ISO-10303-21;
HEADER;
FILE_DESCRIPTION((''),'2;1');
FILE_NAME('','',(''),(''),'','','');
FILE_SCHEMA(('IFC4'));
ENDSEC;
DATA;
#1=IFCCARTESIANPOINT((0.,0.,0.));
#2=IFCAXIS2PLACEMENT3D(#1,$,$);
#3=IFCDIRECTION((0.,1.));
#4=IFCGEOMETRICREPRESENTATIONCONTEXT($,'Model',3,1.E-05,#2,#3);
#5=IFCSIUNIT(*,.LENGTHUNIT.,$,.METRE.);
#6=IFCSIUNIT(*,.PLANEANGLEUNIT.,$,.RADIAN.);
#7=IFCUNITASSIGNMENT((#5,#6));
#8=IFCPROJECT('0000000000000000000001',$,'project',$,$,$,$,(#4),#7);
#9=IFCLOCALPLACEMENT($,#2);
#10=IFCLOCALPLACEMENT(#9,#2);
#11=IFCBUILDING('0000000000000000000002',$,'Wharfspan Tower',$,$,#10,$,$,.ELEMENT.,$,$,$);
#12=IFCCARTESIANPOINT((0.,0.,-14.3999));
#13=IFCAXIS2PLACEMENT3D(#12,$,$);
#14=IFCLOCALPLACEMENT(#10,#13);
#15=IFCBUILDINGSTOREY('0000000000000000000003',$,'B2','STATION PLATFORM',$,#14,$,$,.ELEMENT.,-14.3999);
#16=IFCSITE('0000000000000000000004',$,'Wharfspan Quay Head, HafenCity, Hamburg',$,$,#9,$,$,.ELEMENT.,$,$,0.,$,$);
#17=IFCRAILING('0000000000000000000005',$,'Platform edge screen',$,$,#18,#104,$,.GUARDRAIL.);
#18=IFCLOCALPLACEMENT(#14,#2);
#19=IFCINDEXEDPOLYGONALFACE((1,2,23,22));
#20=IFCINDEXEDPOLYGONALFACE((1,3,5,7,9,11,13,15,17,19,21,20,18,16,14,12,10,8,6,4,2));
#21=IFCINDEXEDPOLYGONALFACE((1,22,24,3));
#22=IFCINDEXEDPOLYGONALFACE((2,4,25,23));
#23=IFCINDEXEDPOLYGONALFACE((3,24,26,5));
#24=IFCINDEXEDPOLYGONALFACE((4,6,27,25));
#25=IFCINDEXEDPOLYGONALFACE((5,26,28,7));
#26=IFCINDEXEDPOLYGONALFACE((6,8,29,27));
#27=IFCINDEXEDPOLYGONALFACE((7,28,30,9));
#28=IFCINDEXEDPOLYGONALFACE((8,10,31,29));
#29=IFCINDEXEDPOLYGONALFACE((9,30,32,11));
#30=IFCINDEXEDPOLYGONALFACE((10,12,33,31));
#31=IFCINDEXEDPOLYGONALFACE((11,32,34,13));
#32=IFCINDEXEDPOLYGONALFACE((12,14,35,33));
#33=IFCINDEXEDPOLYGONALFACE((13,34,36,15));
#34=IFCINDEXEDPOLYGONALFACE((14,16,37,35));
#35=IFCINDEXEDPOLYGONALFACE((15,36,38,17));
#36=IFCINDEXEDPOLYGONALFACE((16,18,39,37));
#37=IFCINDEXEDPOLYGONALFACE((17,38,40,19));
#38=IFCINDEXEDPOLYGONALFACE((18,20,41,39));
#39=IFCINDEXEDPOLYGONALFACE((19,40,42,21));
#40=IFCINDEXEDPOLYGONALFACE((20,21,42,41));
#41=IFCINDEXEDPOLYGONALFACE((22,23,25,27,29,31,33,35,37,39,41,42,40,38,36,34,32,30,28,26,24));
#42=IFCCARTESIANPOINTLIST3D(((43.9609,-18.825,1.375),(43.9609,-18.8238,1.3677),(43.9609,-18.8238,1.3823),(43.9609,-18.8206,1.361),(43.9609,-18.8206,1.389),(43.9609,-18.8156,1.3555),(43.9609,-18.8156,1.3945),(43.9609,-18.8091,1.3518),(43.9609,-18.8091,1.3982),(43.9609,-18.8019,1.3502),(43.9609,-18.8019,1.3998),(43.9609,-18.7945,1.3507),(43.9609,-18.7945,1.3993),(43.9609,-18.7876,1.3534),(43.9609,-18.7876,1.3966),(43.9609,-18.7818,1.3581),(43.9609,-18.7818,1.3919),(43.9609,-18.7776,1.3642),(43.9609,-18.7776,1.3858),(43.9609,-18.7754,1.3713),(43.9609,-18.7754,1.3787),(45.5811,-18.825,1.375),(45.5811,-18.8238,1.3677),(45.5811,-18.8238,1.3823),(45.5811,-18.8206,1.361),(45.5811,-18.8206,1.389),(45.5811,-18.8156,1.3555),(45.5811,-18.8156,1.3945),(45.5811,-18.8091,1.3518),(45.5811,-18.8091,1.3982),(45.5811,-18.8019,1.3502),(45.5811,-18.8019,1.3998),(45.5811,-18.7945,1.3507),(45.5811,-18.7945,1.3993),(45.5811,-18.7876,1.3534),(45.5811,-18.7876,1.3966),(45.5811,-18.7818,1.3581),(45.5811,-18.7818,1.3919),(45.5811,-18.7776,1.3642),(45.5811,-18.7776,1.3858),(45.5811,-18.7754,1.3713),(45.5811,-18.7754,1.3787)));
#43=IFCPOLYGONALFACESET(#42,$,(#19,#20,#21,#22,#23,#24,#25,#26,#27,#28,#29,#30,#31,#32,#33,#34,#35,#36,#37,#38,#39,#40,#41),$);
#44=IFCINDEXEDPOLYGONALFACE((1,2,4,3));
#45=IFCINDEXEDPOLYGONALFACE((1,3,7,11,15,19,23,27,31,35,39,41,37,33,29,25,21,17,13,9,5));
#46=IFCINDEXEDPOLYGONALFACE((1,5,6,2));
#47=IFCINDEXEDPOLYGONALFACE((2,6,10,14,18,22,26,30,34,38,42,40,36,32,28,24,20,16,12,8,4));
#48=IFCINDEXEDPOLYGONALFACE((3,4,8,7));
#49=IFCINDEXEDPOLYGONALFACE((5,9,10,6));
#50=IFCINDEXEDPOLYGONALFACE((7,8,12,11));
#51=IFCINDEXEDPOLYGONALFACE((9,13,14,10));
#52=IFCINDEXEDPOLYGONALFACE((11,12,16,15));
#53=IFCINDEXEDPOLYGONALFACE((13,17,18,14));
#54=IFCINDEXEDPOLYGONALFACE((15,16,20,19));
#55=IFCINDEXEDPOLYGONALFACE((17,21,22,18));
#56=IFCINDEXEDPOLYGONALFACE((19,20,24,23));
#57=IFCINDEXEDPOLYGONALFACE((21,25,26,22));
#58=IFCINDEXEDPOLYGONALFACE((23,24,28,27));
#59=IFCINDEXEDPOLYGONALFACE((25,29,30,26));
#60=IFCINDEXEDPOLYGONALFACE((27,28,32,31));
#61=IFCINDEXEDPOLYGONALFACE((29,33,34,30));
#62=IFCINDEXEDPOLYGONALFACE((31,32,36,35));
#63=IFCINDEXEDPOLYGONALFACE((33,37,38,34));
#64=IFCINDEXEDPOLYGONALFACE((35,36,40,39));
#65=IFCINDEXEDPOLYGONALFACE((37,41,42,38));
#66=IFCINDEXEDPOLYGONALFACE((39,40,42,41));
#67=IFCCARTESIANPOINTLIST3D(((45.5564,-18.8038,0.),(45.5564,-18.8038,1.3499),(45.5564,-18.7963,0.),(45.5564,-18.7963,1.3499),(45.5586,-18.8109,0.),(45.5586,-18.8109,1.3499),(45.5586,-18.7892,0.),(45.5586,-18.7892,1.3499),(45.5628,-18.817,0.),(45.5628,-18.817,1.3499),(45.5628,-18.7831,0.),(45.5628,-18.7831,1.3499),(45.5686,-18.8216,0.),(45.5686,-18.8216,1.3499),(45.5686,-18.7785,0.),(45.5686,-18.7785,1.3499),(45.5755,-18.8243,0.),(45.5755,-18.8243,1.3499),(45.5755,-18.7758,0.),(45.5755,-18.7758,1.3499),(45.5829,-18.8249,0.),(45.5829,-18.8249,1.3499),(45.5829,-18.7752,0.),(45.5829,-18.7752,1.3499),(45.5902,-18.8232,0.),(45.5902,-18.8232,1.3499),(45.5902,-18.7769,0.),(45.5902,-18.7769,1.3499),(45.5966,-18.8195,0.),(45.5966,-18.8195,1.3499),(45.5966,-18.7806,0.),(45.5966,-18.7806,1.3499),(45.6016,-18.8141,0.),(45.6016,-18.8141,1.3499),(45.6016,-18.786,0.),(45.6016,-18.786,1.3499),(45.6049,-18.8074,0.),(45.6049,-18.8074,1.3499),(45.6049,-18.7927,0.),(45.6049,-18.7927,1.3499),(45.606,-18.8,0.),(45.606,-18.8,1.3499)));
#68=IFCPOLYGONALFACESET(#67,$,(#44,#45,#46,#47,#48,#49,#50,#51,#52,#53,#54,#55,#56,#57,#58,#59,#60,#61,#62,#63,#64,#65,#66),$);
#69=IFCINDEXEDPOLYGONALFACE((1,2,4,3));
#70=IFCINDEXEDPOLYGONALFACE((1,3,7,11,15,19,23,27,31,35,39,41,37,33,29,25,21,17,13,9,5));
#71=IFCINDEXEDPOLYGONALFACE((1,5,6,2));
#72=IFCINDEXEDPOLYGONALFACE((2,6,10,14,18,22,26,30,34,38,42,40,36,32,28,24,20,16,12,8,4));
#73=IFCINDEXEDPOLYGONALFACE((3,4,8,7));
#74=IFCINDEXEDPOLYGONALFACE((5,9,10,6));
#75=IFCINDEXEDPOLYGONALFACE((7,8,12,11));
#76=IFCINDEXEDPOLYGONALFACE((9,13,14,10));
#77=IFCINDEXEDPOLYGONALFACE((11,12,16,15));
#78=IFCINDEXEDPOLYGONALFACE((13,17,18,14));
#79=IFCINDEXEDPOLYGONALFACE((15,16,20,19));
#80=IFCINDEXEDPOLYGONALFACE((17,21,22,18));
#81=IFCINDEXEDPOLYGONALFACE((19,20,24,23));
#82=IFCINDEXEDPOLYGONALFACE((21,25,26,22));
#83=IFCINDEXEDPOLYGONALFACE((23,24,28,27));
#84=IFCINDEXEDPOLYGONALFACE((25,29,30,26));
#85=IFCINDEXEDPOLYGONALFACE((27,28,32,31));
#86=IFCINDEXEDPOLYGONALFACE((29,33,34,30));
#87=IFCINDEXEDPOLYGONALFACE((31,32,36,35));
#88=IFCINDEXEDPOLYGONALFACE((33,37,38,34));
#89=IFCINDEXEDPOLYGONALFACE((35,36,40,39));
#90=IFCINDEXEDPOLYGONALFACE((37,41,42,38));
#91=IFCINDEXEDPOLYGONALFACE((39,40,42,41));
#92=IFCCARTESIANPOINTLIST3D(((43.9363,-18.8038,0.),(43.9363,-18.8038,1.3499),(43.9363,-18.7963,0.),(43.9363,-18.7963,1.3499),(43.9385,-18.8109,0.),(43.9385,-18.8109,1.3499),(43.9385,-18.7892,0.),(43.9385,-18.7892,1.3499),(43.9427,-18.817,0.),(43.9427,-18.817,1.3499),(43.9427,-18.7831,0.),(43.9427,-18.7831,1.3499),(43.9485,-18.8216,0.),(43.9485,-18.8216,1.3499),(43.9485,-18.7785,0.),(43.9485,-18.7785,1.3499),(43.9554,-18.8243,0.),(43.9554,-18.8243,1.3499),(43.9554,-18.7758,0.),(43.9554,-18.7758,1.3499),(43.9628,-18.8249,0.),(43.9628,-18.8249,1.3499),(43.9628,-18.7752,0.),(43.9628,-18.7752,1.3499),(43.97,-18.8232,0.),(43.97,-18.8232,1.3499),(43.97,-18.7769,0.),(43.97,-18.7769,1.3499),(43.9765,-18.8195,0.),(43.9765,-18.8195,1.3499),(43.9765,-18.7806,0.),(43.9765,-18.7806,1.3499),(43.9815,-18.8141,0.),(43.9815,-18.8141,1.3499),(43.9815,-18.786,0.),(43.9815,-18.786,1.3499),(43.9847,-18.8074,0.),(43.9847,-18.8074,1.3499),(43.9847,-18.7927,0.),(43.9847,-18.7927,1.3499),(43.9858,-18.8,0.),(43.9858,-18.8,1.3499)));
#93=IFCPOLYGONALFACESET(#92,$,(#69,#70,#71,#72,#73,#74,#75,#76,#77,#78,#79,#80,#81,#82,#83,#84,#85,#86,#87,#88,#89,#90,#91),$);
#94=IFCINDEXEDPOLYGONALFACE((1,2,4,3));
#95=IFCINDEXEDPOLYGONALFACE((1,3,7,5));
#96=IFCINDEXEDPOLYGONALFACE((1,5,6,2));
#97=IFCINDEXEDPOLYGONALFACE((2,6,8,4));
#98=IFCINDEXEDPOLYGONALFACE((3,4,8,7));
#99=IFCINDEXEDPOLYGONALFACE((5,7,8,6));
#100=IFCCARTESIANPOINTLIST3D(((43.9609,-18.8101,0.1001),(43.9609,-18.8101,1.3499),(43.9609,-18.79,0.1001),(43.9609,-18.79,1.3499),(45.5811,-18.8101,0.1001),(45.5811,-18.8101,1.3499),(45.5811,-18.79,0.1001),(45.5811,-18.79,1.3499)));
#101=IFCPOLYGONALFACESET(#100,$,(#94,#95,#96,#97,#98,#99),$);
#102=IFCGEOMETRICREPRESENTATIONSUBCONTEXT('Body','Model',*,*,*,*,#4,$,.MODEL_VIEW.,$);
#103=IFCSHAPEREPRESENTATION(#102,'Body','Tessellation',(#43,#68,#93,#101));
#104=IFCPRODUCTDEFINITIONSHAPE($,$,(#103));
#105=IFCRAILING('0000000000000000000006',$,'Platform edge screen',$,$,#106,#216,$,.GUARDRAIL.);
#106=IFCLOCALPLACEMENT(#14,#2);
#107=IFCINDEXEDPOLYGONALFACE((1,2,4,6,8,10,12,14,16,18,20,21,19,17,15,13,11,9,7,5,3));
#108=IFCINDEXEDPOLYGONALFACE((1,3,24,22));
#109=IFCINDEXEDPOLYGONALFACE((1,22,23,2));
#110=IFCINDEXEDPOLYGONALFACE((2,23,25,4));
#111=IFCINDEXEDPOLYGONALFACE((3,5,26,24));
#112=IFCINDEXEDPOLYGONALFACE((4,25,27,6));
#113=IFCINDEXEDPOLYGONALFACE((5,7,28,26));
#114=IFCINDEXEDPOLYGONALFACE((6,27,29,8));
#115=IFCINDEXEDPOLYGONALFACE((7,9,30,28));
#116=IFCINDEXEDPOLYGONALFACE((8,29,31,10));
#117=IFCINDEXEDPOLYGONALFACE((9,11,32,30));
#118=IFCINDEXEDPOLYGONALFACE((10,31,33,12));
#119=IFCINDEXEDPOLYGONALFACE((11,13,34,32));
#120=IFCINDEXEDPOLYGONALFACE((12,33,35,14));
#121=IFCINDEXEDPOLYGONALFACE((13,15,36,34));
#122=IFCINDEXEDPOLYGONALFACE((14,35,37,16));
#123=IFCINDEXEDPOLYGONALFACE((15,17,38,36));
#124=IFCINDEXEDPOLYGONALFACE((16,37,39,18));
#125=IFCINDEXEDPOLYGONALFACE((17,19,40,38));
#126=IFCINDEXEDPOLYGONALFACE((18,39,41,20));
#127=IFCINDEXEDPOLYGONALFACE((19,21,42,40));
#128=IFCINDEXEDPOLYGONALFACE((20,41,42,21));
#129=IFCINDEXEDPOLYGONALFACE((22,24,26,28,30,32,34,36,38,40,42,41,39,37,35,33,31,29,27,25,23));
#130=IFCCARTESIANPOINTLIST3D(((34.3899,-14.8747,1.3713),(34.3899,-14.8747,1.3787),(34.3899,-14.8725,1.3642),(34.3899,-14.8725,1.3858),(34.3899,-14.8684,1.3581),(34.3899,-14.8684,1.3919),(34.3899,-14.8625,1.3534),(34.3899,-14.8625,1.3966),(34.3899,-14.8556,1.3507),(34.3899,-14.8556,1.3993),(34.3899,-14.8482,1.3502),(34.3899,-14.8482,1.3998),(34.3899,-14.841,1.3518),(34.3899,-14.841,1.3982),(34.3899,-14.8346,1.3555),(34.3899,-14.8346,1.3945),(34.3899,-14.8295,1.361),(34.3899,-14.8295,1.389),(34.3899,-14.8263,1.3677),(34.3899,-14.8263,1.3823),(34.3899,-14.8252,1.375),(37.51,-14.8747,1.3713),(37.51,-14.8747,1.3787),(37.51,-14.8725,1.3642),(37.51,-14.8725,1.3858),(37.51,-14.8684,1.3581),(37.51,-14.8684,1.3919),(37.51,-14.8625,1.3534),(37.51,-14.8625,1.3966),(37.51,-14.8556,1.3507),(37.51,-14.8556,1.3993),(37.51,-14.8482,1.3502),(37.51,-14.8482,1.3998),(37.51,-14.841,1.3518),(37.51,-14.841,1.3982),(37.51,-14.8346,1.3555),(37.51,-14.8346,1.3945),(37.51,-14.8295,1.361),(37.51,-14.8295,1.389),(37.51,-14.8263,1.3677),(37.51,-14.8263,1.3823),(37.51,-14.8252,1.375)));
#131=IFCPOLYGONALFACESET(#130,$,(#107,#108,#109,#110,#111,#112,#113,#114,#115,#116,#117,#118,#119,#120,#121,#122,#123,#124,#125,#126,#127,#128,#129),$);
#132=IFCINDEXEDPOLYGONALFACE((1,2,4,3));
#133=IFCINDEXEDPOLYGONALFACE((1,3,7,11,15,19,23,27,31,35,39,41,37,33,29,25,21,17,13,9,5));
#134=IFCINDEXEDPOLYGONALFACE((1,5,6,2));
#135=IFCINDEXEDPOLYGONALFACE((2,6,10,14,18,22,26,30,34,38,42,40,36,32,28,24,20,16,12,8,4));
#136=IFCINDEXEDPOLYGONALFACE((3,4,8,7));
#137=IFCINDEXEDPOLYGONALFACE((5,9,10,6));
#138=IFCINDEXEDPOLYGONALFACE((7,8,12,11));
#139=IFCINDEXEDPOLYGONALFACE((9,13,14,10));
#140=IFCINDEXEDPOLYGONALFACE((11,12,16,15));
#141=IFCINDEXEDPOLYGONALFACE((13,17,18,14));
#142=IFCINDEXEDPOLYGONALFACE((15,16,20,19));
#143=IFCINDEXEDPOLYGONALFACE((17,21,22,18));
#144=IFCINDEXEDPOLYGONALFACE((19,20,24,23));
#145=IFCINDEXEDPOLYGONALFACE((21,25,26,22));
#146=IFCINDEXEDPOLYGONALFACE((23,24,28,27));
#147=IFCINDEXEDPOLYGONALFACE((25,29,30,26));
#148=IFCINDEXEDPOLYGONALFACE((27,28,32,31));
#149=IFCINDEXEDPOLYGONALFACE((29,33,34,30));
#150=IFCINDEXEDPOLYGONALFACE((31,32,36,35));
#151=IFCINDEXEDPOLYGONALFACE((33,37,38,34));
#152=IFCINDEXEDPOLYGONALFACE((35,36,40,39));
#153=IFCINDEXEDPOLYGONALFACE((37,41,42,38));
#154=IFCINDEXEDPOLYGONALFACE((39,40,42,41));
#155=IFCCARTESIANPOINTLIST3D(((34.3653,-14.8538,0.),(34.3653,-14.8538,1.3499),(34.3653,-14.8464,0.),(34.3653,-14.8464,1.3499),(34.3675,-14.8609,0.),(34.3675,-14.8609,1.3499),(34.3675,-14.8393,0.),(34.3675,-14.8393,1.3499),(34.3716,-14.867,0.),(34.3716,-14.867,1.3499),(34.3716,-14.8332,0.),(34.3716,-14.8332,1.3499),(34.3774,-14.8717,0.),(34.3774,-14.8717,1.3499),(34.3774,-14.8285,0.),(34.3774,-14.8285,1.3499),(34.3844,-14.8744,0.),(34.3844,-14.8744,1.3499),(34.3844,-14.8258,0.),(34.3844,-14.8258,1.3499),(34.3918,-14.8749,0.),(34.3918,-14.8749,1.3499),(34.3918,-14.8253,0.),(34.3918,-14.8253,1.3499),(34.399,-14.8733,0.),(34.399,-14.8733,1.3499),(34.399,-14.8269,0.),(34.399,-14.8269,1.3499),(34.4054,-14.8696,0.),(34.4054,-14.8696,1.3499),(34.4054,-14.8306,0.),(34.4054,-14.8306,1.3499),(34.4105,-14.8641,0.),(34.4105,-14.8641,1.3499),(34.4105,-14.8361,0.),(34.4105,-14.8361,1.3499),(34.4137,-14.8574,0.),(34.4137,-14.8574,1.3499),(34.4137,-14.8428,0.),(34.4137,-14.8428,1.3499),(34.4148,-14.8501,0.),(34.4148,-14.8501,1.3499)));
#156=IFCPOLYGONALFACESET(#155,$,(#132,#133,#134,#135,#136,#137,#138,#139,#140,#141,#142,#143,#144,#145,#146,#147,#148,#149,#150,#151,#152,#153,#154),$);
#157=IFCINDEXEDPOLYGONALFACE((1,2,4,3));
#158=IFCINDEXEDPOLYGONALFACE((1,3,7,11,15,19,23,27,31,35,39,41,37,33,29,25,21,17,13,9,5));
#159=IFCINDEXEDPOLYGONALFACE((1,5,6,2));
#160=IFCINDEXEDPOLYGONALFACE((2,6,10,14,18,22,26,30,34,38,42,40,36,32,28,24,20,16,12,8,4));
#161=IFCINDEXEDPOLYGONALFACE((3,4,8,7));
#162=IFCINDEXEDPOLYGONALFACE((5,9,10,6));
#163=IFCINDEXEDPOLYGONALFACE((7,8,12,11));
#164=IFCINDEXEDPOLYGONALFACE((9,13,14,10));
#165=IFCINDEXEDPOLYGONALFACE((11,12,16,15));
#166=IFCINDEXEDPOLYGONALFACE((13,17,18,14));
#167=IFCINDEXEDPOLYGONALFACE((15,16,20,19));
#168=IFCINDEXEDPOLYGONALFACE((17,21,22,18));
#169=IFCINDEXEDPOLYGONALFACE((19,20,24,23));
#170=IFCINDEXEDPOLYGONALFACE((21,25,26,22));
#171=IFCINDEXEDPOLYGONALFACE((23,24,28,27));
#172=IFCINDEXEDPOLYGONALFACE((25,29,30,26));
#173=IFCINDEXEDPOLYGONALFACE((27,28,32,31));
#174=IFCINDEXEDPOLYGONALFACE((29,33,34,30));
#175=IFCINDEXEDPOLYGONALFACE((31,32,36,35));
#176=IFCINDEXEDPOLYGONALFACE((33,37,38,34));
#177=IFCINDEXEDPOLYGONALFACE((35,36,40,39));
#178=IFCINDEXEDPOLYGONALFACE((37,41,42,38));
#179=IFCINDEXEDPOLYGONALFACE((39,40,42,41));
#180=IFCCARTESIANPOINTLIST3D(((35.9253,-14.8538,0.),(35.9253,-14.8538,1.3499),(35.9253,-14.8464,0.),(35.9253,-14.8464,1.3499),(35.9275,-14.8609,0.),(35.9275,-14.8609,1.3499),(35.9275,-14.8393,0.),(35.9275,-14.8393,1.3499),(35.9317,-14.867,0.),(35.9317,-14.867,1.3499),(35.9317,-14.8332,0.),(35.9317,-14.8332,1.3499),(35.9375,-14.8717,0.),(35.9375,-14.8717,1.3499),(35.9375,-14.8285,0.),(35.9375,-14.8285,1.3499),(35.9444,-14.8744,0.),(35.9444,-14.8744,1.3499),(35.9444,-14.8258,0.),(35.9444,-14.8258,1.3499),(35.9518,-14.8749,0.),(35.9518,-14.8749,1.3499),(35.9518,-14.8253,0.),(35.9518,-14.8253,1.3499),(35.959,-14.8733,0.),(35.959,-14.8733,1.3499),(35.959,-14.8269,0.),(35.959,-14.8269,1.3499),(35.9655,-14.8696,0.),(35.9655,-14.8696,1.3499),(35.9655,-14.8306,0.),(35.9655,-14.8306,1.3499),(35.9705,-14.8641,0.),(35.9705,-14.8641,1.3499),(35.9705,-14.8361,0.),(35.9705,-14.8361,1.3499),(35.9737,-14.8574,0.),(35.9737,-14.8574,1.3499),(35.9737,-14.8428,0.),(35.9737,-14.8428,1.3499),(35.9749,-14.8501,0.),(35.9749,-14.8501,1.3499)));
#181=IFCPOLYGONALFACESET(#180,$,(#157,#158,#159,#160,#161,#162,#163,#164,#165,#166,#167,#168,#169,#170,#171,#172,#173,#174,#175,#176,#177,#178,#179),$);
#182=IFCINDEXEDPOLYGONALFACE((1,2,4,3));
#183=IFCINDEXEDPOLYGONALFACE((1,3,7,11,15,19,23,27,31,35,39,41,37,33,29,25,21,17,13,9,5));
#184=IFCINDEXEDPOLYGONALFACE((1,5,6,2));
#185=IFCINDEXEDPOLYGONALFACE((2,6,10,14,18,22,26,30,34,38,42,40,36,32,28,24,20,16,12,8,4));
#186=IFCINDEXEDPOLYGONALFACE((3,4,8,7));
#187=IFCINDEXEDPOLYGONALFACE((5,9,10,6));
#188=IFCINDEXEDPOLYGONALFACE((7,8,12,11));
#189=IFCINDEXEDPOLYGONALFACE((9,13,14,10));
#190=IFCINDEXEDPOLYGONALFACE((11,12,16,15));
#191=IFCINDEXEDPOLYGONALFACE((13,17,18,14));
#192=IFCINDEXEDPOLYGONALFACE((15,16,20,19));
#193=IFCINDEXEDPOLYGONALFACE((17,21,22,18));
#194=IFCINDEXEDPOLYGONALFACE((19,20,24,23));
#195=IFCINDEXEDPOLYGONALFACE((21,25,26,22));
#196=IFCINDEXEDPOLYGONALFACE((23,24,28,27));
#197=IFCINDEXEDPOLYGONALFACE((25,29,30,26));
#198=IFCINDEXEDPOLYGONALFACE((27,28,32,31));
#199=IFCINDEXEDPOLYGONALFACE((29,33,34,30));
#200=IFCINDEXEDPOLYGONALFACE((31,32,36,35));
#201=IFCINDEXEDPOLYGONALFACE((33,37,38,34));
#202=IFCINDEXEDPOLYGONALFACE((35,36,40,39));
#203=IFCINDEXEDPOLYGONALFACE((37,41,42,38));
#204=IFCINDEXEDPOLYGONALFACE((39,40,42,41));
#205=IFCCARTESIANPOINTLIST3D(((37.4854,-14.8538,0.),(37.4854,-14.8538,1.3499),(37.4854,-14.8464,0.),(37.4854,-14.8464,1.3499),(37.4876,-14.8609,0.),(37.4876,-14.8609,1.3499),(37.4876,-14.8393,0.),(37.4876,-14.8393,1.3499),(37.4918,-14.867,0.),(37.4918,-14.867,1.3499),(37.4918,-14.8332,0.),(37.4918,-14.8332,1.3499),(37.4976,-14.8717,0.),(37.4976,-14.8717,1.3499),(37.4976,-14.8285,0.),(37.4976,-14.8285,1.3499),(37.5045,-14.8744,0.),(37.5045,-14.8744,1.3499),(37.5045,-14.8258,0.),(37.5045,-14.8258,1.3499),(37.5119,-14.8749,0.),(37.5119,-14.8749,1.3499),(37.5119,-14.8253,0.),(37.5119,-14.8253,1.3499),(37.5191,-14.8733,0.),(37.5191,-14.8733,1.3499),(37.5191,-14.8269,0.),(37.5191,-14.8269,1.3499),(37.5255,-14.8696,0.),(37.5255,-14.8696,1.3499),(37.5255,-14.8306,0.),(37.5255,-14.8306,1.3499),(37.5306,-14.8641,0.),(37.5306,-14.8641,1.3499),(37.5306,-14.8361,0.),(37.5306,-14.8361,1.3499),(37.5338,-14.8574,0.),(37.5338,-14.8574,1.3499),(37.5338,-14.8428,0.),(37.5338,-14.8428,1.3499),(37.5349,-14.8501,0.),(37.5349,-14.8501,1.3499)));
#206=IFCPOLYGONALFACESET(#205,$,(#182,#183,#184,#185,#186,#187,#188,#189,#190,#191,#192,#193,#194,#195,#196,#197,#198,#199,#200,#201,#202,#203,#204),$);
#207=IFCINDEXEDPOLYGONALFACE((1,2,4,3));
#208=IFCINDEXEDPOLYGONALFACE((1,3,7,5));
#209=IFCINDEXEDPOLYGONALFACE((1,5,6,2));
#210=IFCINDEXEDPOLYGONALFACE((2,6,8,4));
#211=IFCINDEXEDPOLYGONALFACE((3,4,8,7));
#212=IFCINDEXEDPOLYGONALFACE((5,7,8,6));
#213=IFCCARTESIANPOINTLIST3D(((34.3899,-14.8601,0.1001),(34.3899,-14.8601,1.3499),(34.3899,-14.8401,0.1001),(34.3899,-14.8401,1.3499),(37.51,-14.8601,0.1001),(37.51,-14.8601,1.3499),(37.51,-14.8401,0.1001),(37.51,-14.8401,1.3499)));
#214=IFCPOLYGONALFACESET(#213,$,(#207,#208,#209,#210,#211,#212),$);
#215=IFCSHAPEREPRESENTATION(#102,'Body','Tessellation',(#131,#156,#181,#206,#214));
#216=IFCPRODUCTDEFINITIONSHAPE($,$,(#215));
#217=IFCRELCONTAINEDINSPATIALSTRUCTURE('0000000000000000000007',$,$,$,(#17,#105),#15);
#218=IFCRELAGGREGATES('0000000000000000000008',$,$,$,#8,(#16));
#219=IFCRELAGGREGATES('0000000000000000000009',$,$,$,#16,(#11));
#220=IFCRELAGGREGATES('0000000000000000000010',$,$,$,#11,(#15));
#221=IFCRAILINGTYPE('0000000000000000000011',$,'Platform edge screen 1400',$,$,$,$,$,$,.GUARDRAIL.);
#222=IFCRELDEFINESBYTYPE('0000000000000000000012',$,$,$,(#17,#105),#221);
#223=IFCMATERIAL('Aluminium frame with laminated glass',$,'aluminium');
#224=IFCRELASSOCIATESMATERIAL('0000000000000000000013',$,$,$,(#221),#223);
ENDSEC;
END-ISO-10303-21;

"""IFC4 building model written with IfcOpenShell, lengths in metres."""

from ifc_helpers import new_model, si_unit, direction, frame, origin, origin_2d, place, context, subcontext, project, spatial, rectangle, circle, extrude, material, type_object, element, save


model = new_model("IFC4")

# Units and contexts
model_context = context("Model", 3, precision=1e-05, world=origin(), true_north=direction((0.0, 1.0)))
body_context = subcontext(model_context, "Body", "Model", "MODEL_VIEW")
ifc_project = project(units=[si_unit("LENGTHUNIT", "METRE"), si_unit("PLANEANGLEUNIT", "RADIAN")], contexts=[model_context])

# Site, building, storey
site_placement = place(None, origin())
site = spatial("IfcSite", under=ifc_project, at=site_placement, Name="Wharfspan Quay Head, HafenCity, Hamburg", CompositionType="ELEMENT", RefElevation=0.0)
building_placement = place(site_placement, origin())
building = spatial("IfcBuilding", under=site, at=building_placement, Name="Wharfspan Tower", CompositionType="ELEMENT")
storey_placement = place(building_placement, frame((0.0, 0.0, -14.3999)))
storey = spatial("IfcBuildingStorey", under=building, at=storey_placement, Name="B2", Description="STATION PLATFORM", CompositionType="ELEMENT", Elevation=-14.3999)

# Railings
ifc_material_1 = material(Name="Aluminium frame with laminated glass", Category="aluminium")
railing_type_1 = type_object("IfcRailingType", Name="Platform edge screen 1400", PredefinedType="GUARDRAIL", material=ifc_material_1)
railing_1_placement = place(storey_placement, frame((45.5811, -18.8, 0.0)))
element("IfcRailing", 1, at=railing_1_placement, inside=storey, type_object=railing_type_1, Name="Platform edge screen", PredefinedType="GUARDRAIL", context=body_context, shape_type="SweptSolid", body=[
    extrude(circle(Radius=0.0249, at=origin_2d()), frame((0.0, 0.0, 1.375), z_axis=(-1.0, 0.0, 0.0), x_axis=(0.0, -1.0, 0.0)), (0.0, 0.0, 1.0), 1.6201),
    extrude(circle(Radius=0.0249, at=origin_2d()), origin(), (0.0, 0.0, 1.0), 1.3499),
    extrude(circle(Radius=0.0249, at=origin_2d()), frame((-1.6201, 0.0, 0.0)), (0.0, 0.0, 1.0), 1.3499),
    extrude(rectangle(XDim=1.6201, YDim=0.02, at=origin_2d()), frame((-0.8101, 0.0, 0.1001), z_axis=(0.0, 0.0, 1.0), x_axis=(-1.0, 0.0, 0.0)), (0.0, 0.0, 1.0), 1.2498),
])
for number, where, name in (
    (2, (34.3899, -14.8501, 0.0), "Platform edge screen"),
):
    element("IfcRailing", number, at=place(storey_placement, frame(where)), inside=storey, type_object=railing_type_1, Name=name, PredefinedType="GUARDRAIL", context=body_context, shape_type="SweptSolid", body=[
        extrude(circle(Radius=0.0249, at=origin_2d()), frame((0.0, 0.0, 1.375), z_axis=(1.0, 0.0, 0.0), x_axis=(0.0, 1.0, 0.0)), (0.0, 0.0, 1.0), 3.1201),
        extrude(circle(Radius=0.0249, at=origin_2d()), origin(), (0.0, 0.0, 1.0), 1.3499),
        extrude(circle(Radius=0.0249, at=origin_2d()), frame((1.5601, 0.0, 0.0)), (0.0, 0.0, 1.0), 1.3499),
        extrude(circle(Radius=0.0249, at=origin_2d()), frame((3.1201, 0.0, 0.0)), (0.0, 0.0, 1.0), 1.3499),
        extrude(rectangle(XDim=3.1201, YDim=0.02, at=origin_2d()), frame((1.5601, 0.0, 0.1001), z_axis=(0.0, 0.0, 1.0), x_axis=(1.0, 0.0, 0.0)), (0.0, 0.0, 1.0), 1.2498),
    ])

save(model, "model.ifc")
